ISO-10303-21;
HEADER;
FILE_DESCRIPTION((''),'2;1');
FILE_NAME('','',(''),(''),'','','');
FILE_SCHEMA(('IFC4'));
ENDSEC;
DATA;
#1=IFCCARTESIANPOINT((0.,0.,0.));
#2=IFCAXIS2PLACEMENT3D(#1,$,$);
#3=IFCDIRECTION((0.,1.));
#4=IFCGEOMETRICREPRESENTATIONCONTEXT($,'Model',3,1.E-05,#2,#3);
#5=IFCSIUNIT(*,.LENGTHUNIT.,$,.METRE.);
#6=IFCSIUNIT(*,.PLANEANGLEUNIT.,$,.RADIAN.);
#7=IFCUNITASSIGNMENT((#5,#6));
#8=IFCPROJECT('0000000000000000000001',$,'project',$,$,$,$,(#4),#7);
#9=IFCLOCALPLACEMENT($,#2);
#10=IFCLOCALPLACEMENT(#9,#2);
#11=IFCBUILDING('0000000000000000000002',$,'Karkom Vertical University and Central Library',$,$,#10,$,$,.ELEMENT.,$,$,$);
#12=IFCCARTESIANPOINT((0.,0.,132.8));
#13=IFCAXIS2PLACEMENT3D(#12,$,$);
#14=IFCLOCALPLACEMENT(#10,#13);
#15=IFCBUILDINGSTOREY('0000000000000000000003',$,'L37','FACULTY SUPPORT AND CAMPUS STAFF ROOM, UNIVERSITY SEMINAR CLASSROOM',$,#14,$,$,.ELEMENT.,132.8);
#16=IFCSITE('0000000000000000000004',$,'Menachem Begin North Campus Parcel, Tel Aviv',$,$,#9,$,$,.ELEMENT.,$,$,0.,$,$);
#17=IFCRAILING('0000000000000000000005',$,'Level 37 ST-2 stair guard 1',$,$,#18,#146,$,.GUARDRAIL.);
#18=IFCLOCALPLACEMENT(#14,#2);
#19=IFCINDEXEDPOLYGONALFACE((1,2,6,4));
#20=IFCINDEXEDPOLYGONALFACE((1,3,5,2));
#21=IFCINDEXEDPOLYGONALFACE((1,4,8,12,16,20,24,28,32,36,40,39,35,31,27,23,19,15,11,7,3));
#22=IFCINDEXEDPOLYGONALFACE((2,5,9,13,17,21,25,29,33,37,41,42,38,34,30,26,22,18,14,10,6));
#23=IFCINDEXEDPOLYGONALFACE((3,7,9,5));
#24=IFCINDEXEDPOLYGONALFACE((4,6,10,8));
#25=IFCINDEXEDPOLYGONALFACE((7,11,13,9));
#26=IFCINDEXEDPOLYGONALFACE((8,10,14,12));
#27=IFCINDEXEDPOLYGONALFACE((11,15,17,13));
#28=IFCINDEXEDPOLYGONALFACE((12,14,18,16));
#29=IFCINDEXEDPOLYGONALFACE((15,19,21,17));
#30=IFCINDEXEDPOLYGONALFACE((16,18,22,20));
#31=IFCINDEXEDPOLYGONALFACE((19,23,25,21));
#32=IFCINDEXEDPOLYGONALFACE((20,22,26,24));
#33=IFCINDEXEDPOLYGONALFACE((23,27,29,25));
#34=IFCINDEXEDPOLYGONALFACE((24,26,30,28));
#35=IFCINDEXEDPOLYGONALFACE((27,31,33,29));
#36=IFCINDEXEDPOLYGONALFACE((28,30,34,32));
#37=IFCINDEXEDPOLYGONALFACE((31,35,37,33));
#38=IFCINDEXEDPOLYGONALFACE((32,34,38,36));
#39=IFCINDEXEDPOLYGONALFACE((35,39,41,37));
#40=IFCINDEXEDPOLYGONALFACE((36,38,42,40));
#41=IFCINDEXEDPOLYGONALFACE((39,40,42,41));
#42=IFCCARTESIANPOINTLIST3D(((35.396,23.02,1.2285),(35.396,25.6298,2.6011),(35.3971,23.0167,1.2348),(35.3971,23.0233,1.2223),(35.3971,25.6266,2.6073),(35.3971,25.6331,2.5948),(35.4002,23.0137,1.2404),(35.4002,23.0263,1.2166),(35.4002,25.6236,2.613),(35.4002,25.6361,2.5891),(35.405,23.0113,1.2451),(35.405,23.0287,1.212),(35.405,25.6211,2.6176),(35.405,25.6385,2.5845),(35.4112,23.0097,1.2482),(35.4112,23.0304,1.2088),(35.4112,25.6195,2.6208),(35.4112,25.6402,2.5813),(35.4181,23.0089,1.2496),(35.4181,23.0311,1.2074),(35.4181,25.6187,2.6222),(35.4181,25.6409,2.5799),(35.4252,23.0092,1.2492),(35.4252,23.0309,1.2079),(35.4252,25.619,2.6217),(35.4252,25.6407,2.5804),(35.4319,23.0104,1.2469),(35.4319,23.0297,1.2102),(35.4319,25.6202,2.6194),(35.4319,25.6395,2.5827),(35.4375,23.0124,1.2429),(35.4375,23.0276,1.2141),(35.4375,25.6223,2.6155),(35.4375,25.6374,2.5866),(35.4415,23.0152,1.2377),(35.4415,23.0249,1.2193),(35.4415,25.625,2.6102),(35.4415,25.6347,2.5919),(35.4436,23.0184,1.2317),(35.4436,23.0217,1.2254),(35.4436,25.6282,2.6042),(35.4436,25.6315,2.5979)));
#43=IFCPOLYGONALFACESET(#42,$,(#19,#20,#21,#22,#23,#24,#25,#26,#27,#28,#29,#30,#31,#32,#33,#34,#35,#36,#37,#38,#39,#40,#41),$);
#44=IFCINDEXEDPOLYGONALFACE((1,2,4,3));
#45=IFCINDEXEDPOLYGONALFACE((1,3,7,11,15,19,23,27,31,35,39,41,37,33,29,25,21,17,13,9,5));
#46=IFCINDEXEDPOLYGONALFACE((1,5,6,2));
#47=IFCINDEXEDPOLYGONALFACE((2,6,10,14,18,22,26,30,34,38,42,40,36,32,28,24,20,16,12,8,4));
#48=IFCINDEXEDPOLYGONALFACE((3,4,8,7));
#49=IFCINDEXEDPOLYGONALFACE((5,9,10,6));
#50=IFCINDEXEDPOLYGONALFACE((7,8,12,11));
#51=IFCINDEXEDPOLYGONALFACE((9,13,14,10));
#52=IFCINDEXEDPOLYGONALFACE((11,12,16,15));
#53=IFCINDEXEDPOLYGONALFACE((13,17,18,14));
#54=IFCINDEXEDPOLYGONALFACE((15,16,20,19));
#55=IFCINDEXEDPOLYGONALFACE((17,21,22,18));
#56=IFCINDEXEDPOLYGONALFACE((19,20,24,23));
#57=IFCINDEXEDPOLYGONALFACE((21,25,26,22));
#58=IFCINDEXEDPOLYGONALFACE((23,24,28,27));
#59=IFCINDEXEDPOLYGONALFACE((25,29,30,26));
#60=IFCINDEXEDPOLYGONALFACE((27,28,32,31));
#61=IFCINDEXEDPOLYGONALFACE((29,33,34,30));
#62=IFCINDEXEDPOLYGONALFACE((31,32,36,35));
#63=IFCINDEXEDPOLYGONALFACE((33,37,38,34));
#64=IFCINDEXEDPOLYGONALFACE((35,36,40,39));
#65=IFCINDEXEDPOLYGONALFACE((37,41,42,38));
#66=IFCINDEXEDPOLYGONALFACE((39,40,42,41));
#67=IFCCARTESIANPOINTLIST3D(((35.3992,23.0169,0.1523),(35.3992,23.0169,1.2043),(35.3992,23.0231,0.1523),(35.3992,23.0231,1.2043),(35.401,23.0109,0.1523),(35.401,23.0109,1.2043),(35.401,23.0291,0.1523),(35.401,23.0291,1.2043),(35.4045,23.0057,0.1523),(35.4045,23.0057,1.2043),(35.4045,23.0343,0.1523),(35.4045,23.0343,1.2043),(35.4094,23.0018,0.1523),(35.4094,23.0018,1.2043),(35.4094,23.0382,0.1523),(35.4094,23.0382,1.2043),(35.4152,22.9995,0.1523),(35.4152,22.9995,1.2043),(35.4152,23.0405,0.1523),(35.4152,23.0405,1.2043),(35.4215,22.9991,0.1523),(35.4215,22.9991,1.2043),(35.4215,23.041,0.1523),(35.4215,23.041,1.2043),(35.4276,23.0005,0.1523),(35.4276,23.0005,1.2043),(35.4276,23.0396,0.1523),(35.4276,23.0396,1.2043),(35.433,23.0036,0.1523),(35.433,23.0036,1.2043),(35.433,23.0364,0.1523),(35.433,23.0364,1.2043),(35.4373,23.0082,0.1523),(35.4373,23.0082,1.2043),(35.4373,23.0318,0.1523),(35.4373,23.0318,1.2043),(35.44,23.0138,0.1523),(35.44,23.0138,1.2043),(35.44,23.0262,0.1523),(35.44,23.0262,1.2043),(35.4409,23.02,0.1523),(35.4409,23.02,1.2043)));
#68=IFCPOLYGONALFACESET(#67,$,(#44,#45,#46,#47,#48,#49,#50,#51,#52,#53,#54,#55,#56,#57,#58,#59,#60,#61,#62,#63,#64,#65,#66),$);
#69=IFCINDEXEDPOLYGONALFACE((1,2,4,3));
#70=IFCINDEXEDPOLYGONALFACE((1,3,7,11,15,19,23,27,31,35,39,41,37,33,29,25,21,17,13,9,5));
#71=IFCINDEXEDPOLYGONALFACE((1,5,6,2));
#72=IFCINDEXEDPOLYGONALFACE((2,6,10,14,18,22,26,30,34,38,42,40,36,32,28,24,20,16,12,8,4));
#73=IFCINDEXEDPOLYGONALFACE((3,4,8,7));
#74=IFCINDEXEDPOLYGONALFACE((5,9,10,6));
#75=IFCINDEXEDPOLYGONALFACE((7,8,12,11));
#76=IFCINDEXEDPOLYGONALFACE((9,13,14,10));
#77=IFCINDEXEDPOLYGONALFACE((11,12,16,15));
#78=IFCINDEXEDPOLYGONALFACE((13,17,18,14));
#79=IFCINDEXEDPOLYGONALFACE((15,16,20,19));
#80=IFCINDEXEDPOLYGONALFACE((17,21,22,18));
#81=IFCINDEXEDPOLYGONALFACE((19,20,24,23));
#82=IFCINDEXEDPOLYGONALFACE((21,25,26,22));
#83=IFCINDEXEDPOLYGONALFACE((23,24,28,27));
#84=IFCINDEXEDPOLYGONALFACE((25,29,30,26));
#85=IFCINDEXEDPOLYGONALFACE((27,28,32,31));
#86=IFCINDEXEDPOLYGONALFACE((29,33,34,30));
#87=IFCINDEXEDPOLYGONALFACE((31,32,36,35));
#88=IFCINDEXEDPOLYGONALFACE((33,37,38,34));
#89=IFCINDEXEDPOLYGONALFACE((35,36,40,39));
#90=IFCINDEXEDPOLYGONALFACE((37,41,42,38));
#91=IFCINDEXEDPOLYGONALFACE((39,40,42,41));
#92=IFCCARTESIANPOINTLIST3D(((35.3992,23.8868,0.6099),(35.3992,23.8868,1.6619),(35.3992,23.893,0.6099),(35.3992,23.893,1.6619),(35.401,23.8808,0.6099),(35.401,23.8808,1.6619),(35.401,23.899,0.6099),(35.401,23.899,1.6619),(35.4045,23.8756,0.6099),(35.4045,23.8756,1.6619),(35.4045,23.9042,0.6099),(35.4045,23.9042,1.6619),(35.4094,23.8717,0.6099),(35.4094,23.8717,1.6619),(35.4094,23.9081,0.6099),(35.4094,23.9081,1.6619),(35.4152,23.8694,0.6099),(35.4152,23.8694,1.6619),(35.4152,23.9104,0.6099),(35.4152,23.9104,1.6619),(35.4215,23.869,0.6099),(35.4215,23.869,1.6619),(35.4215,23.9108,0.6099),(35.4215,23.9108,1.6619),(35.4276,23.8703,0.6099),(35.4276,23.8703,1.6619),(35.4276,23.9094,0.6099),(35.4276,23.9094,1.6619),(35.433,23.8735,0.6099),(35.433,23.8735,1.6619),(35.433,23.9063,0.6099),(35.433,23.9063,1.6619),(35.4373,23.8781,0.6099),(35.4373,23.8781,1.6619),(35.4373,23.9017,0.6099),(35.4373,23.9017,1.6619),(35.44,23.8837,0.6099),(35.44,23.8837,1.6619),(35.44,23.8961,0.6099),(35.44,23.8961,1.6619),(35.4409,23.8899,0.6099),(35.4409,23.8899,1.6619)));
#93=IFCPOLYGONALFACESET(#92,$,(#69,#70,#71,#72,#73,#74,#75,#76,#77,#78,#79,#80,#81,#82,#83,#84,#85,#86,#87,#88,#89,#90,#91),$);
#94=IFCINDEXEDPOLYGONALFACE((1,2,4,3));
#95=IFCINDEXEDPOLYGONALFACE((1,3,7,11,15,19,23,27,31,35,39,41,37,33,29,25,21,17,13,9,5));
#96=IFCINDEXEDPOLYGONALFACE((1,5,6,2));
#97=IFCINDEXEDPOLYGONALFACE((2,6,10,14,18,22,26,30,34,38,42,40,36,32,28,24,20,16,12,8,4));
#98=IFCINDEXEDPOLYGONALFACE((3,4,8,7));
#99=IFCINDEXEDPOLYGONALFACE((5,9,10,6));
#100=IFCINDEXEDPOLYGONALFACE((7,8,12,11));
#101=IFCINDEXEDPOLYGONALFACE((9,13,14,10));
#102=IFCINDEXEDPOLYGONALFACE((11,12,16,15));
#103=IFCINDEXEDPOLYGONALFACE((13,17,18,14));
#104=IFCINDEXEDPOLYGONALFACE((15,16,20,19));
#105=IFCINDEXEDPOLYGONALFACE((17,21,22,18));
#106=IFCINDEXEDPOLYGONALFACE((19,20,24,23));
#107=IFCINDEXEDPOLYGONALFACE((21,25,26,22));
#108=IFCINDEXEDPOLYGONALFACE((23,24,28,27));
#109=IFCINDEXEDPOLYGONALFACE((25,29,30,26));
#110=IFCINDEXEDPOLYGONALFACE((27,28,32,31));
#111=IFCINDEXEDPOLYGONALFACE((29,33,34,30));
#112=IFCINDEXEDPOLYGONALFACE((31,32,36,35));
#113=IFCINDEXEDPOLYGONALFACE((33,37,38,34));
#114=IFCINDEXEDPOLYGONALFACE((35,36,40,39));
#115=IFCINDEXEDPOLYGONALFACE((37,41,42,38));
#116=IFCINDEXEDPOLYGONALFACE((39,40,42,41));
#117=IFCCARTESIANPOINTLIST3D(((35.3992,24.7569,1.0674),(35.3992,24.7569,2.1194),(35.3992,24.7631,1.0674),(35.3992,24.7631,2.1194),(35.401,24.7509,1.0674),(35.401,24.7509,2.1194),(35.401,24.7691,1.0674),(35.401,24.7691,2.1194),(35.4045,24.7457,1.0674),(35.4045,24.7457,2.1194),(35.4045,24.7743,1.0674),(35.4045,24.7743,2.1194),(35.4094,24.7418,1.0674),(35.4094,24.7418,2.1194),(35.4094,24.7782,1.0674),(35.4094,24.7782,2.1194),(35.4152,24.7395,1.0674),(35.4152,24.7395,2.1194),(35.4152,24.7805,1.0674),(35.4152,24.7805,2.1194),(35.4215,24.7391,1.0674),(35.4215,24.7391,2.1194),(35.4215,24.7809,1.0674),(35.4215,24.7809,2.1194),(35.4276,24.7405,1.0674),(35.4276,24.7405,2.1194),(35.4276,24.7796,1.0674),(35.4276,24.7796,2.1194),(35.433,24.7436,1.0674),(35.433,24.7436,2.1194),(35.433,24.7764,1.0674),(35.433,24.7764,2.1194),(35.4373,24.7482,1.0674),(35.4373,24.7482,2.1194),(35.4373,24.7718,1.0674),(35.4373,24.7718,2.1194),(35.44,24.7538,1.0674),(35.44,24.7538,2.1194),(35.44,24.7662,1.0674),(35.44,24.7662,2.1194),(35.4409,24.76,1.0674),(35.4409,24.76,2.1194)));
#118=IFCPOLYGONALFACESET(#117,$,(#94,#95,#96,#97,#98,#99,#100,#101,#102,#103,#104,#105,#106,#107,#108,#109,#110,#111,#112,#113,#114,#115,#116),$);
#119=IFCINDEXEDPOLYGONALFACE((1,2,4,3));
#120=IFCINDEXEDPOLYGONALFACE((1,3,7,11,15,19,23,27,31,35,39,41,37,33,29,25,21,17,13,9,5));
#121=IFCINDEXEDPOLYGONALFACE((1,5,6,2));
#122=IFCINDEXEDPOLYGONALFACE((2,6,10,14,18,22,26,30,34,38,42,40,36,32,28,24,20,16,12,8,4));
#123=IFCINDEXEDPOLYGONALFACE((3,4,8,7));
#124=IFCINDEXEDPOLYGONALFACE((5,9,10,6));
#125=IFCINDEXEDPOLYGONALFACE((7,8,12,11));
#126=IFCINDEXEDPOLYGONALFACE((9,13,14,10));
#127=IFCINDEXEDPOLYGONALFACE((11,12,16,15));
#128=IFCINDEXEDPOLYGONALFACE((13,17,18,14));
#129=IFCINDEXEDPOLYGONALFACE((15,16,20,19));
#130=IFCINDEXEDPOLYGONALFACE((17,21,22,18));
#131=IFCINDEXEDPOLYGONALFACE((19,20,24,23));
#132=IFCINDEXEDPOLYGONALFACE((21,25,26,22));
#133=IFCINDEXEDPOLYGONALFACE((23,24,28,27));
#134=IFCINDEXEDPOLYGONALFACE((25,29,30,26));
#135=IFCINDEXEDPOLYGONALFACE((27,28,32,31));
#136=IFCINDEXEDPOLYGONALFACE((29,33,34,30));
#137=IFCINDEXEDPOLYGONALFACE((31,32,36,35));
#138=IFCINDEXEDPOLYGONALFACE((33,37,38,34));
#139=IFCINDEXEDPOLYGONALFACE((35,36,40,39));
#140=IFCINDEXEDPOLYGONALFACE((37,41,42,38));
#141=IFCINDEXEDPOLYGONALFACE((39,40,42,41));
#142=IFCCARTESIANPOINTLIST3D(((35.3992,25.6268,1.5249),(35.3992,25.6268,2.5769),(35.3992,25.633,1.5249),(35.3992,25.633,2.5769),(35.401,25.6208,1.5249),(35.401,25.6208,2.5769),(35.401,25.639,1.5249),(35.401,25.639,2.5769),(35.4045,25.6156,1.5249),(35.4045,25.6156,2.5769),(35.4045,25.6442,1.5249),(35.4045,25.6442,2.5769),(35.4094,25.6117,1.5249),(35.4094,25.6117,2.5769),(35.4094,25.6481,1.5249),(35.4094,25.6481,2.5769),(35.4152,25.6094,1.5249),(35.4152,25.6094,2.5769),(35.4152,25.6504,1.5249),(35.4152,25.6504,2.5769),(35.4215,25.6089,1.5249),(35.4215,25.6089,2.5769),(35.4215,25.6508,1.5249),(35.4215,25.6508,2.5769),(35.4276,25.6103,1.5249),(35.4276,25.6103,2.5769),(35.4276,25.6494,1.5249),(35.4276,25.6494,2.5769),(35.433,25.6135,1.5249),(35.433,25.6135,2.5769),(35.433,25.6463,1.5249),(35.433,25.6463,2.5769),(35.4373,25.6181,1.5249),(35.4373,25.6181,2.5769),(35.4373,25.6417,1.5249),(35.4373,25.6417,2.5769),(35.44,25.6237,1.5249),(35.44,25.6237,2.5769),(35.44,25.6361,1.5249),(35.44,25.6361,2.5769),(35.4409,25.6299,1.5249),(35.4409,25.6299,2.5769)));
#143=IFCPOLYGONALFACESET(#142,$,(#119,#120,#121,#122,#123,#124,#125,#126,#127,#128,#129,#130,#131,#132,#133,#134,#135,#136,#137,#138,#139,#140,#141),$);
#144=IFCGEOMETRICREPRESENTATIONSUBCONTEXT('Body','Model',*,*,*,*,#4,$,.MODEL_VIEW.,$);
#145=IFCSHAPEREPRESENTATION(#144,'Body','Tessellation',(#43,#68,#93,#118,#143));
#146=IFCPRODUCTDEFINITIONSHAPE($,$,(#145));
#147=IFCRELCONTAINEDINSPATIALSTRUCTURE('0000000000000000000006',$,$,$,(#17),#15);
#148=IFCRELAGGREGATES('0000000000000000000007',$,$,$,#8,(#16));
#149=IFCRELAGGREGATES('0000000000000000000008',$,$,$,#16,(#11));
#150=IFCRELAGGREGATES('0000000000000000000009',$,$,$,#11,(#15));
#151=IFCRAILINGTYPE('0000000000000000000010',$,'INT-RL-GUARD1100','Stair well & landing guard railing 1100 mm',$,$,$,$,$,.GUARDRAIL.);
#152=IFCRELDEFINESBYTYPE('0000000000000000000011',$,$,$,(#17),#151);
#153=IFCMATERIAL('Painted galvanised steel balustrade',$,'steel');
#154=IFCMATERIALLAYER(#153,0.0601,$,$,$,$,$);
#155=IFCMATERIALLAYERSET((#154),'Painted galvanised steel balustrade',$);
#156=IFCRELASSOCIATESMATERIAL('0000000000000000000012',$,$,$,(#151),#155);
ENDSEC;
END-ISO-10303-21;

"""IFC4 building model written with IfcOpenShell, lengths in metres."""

from ifc_helpers import new_model, si_unit, direction, frame, origin, origin_2d, place, context, subcontext, project, spatial, circle, extrude, material, layer, layer_set, type_object, element, save


model = new_model("IFC4")

# Units and contexts
model_context = context("Model", 3, precision=1e-05, world=origin(), true_north=direction((0.0, 1.0)))
body_context = subcontext(model_context, "Body", "Model", "MODEL_VIEW")
ifc_project = project(units=[si_unit("LENGTHUNIT", "METRE"), si_unit("PLANEANGLEUNIT", "RADIAN")], contexts=[model_context])

# Site, building, storey
site_placement = place(None, origin())
site = spatial("IfcSite", under=ifc_project, at=site_placement, Name="Menachem Begin North Campus Parcel, Tel Aviv", CompositionType="ELEMENT", RefElevation=0.0)
building_placement = place(site_placement, origin())
building = spatial("IfcBuilding", under=site, at=building_placement, Name="Karkom Vertical University and Central Library", CompositionType="ELEMENT")
storey_placement = place(building_placement, frame((0.0, 0.0, 132.8)))
storey = spatial("IfcBuildingStorey", under=building, at=storey_placement, Name="L37", Description="FACULTY SUPPORT AND CAMPUS STAFF ROOM, UNIVERSITY SEMINAR CLASSROOM", CompositionType="ELEMENT", Elevation=132.8)

# Railing
ifc_material_1 = material(Name="Painted galvanised steel balustrade", Category="steel")
ifc_layer_1 = layer(ifc_material_1, 0.0601)
ifc_layer_set_1 = layer_set([ifc_layer_1], Name="Painted galvanised steel balustrade")
railing_type_1 = type_object("IfcRailingType", Name="INT-RL-GUARD1100", Description="Stair well & landing guard railing 1100 mm", PredefinedType="GUARDRAIL", material=ifc_layer_set_1)
railing_1_placement = place(storey_placement, frame((35.4199, 23.02, 0.1523)))
element("IfcRailing", 1, at=railing_1_placement, inside=storey, type_object=railing_type_1, Name="Level 37 ST-2 stair guard 1", PredefinedType="GUARDRAIL", context=body_context, shape_type="SweptSolid", body=[
    extrude(circle(Radius=0.0239, at=origin_2d()), frame((0.0, 0.0, 1.0762), z_axis=(0.0, 0.885065, 0.465467), x_axis=(-1.0, 0.0, 0.0)), (0.0, 0.0, 1.0), 2.9487),
    extrude(circle(Radius=0.021, at=origin_2d()), origin(), (0.0, 0.0, 1.0), 1.052),
    extrude(circle(Radius=0.021, at=origin_2d()), frame((0.0, 0.8699, 0.4575)), (0.0, 0.0, 1.0), 1.052),
    extrude(circle(Radius=0.021, at=origin_2d()), frame((0.0, 1.74, 0.915)), (0.0, 0.0, 1.0), 1.052),
    extrude(circle(Radius=0.021, at=origin_2d()), frame((0.0, 2.6099, 1.3726)), (0.0, 0.0, 1.0), 1.052),
])

save(model, "model.ifc")
